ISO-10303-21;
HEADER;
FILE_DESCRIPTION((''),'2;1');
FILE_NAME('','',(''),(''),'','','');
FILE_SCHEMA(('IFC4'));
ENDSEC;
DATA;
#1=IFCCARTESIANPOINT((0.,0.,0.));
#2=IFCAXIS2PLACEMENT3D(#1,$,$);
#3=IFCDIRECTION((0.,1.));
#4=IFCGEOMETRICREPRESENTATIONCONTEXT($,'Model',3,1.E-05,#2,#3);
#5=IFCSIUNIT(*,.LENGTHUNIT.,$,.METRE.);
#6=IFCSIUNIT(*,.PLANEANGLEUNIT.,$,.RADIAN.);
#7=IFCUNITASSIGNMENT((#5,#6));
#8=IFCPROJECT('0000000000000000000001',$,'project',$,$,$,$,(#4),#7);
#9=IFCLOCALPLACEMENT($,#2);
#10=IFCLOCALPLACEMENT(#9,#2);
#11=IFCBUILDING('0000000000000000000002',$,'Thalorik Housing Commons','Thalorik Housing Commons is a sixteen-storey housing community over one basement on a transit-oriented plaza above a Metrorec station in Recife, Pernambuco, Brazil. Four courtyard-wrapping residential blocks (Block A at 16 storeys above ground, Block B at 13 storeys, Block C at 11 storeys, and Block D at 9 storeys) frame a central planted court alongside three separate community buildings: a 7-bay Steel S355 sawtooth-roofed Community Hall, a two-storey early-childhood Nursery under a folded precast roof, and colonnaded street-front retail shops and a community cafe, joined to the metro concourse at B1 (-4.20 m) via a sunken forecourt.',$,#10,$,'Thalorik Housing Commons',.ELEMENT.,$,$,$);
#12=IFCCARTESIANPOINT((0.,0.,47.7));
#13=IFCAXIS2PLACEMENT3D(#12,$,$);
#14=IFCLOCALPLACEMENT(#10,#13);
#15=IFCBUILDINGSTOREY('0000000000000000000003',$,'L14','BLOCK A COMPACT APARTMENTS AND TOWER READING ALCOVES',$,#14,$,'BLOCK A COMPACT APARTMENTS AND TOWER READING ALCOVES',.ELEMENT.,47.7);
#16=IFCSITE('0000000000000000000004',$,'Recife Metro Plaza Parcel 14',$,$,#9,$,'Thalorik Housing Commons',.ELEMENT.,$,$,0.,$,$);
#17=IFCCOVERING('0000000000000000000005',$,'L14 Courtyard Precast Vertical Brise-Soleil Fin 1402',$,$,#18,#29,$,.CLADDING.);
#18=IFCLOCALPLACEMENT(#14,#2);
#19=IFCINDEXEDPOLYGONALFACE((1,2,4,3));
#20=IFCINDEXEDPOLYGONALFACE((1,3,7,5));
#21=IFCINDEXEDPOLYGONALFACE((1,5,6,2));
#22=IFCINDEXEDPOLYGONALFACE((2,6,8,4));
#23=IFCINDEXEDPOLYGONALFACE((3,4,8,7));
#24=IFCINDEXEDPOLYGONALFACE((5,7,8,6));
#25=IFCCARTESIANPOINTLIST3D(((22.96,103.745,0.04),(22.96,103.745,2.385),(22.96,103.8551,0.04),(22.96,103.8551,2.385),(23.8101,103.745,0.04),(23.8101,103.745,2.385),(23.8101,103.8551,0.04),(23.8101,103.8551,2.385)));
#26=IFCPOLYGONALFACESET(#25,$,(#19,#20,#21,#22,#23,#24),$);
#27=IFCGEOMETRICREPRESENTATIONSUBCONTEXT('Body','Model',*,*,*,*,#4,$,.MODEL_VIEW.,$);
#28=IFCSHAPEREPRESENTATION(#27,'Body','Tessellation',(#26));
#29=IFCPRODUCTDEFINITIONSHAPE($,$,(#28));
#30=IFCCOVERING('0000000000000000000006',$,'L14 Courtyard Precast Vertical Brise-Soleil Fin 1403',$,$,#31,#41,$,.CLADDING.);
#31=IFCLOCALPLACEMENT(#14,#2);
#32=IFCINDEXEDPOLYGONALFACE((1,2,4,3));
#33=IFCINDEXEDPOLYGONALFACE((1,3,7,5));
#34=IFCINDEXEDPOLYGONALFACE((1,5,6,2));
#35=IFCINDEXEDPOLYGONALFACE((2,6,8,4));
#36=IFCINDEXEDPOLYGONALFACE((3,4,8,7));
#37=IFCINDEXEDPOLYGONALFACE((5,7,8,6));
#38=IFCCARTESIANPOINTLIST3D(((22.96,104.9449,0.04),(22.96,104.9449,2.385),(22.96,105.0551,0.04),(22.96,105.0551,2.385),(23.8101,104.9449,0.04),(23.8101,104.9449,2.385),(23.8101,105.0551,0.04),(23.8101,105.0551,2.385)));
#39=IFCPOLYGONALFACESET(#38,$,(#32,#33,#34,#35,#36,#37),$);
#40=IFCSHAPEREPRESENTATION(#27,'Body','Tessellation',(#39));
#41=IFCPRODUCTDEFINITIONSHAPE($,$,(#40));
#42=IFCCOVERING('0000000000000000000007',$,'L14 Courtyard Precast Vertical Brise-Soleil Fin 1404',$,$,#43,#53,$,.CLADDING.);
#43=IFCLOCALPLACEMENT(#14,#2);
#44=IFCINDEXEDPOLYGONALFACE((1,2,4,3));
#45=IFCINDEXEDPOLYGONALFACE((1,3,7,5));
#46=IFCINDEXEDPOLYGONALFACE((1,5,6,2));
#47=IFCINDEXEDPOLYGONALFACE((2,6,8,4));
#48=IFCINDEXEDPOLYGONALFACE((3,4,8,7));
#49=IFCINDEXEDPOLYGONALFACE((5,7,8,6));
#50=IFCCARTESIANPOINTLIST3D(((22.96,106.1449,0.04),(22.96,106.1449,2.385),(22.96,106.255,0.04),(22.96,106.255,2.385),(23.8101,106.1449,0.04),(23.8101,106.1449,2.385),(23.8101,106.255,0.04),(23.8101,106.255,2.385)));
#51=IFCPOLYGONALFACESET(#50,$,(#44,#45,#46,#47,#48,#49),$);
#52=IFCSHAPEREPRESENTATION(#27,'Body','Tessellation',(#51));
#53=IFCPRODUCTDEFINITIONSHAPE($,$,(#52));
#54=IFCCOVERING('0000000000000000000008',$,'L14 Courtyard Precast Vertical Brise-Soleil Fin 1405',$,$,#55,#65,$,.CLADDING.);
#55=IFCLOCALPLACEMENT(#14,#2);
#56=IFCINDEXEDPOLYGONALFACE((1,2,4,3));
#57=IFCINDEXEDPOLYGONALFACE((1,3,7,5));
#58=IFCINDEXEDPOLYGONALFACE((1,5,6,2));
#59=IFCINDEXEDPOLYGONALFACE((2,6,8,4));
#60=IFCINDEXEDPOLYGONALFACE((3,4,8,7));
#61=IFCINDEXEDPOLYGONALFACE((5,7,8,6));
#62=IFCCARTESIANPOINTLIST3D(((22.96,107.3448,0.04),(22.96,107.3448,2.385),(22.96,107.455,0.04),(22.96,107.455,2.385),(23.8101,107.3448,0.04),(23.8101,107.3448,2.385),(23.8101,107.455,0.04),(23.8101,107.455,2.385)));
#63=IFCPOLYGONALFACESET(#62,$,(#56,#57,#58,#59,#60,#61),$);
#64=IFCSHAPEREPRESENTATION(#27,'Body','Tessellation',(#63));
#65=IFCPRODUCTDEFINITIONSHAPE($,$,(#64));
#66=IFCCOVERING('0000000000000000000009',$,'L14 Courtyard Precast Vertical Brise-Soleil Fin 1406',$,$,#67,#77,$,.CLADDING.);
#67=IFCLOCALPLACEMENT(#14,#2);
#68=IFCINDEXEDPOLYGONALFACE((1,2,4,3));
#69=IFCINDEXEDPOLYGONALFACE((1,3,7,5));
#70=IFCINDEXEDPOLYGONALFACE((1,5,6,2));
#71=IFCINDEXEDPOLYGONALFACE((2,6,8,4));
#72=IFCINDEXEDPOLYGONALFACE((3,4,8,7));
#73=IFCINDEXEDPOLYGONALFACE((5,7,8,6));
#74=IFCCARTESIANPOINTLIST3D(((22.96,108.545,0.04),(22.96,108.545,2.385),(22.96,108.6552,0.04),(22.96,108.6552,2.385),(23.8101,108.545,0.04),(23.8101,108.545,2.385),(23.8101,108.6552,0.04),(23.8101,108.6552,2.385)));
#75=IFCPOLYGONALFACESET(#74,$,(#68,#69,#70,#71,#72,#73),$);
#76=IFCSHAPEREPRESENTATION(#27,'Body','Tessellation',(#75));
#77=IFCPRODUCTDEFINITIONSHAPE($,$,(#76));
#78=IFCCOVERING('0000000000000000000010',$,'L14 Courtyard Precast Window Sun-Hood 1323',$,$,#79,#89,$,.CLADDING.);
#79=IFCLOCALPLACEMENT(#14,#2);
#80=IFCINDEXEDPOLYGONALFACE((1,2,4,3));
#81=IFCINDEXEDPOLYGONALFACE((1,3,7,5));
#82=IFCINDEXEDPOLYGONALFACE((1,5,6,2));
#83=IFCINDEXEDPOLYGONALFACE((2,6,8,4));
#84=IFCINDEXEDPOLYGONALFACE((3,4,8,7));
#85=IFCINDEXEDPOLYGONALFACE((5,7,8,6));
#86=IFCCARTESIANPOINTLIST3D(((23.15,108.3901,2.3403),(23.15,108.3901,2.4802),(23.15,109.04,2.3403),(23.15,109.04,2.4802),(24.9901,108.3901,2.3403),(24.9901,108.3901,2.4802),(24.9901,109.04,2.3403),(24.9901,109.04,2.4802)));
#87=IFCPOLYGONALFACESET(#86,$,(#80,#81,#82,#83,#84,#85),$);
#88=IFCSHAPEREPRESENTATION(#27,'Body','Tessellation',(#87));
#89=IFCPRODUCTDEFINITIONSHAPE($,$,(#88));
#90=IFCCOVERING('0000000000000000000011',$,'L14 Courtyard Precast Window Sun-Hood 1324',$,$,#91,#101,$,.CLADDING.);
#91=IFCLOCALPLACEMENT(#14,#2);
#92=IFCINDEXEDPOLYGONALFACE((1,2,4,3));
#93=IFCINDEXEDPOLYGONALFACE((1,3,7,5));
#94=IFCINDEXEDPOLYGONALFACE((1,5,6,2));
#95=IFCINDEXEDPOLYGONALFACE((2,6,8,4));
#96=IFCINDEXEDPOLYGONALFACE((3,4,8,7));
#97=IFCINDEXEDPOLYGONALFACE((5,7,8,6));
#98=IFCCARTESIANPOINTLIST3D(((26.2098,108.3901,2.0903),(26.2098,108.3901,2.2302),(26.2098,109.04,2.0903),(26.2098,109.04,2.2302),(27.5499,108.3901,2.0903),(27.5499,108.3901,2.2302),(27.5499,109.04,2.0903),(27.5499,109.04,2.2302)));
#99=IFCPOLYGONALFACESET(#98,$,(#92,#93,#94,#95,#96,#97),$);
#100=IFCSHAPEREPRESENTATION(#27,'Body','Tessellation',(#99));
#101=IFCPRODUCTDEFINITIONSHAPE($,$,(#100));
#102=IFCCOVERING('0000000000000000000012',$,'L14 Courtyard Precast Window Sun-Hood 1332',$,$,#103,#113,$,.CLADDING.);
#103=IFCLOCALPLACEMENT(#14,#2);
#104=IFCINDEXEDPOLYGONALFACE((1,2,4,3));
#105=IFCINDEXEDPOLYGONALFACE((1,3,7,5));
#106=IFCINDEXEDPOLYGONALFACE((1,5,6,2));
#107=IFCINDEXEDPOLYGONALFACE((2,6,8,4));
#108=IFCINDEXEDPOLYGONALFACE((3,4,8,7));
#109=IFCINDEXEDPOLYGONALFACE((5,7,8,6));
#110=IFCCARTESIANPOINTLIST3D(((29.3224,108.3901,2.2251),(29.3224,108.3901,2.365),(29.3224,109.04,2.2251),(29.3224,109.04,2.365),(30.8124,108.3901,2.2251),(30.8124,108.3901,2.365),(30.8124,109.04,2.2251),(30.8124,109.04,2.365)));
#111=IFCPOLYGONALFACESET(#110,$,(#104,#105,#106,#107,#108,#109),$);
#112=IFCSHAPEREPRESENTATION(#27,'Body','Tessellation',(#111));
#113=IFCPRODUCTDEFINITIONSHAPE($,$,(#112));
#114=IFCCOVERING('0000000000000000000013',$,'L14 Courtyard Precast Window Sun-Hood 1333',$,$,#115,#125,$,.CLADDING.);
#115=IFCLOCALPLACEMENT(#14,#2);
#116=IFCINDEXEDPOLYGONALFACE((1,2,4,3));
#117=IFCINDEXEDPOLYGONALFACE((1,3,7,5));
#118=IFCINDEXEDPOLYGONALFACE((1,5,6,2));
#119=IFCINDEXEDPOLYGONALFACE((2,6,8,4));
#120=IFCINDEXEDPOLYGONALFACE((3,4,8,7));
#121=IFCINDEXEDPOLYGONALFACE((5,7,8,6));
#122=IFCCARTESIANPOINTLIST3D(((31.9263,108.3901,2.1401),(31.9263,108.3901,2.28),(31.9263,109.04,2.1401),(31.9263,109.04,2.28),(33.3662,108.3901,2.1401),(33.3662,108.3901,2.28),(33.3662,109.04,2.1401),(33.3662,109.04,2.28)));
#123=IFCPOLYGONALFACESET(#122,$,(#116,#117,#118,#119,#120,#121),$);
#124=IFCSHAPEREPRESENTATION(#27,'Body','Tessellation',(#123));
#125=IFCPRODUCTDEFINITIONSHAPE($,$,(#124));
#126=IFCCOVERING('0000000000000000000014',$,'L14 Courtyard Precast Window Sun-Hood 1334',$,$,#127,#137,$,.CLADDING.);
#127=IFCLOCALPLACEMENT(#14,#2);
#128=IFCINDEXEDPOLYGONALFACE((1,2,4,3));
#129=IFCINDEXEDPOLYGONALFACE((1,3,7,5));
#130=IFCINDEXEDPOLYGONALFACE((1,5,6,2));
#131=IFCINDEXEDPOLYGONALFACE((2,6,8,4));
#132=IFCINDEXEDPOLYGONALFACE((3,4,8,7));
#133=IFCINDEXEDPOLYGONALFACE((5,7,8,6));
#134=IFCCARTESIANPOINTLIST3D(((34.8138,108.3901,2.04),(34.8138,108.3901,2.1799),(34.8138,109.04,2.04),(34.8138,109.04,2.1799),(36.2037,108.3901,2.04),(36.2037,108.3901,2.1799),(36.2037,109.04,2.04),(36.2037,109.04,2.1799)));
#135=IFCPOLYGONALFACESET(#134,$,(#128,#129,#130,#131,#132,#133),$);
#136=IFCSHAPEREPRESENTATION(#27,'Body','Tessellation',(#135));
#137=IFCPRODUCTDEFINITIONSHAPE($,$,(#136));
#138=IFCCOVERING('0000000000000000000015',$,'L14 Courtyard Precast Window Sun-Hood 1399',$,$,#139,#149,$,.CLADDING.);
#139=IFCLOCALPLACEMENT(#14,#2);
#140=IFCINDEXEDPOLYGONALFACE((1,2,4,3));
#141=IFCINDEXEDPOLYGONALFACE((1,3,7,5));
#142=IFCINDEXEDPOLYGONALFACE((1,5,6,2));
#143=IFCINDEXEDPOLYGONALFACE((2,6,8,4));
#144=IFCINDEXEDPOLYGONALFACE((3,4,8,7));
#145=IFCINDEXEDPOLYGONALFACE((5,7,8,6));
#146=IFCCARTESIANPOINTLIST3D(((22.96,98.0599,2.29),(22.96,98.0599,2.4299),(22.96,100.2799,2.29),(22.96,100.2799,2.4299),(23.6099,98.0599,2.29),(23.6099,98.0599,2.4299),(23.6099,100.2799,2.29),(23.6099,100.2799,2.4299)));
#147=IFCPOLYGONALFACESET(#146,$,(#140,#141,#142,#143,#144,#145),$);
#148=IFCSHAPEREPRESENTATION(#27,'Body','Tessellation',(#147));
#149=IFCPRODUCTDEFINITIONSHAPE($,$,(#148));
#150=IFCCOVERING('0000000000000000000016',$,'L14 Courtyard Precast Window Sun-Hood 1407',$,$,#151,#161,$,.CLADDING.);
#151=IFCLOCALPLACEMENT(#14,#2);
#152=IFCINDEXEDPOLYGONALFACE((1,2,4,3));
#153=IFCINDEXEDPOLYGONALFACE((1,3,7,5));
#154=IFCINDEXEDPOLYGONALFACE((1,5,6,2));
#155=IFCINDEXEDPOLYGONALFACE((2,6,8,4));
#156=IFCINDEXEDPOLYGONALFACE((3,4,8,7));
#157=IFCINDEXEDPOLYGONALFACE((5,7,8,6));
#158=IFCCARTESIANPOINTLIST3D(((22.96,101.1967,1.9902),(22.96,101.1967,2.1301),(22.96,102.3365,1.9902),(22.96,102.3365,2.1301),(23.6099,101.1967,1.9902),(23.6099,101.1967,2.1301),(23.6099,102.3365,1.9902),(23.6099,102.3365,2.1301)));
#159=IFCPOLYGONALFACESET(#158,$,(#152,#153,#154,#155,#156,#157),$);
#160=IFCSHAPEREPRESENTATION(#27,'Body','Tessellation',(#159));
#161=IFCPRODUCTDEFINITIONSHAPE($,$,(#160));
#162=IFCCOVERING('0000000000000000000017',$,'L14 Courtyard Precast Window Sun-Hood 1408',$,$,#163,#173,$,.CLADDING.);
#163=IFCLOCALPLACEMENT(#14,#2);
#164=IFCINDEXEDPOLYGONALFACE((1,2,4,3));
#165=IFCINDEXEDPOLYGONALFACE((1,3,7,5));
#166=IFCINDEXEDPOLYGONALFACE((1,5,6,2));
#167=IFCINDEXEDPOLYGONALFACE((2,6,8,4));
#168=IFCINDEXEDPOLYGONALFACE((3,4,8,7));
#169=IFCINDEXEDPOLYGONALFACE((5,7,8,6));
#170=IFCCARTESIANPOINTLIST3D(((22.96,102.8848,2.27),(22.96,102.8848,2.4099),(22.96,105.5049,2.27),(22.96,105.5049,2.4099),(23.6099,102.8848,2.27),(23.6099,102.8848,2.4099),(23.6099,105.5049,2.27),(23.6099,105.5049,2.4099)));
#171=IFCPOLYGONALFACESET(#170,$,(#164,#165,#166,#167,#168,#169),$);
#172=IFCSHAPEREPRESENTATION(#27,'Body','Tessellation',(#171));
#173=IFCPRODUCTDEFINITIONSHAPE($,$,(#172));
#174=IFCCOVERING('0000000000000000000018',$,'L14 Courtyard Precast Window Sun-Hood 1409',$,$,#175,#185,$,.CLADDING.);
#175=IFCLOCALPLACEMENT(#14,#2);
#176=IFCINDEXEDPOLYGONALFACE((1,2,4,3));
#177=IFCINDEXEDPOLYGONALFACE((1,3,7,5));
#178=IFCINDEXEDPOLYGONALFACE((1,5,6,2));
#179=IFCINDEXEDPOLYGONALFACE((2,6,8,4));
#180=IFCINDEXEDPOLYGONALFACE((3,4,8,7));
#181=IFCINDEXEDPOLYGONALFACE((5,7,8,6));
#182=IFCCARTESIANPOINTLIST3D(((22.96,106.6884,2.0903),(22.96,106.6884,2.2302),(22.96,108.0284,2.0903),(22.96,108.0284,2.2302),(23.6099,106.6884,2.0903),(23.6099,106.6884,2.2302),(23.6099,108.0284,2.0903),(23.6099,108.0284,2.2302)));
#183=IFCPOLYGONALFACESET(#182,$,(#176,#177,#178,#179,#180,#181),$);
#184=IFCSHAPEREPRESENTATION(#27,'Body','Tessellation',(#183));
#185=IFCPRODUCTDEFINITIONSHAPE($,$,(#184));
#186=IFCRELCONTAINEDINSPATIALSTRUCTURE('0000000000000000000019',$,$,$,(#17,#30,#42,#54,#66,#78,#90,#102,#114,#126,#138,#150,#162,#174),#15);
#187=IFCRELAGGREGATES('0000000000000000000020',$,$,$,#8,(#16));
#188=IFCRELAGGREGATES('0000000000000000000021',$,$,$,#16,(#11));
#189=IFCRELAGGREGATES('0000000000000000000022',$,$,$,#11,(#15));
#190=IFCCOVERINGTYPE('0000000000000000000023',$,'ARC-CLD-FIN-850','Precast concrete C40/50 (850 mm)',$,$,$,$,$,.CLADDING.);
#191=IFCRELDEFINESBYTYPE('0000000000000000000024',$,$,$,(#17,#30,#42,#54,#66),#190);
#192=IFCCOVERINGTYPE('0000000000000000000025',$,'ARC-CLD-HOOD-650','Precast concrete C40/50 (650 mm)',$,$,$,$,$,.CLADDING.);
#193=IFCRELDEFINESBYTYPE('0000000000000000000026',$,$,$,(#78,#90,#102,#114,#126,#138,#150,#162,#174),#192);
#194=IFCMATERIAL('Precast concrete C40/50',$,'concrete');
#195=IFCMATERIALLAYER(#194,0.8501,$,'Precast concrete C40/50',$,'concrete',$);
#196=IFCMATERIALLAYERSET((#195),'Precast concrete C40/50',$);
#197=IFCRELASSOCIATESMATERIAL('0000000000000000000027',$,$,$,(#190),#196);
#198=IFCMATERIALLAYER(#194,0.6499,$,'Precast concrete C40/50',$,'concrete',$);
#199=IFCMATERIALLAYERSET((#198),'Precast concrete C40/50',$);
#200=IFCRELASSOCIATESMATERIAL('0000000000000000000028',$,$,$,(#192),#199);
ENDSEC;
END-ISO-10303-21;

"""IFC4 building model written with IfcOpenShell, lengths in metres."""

from ifc_helpers import new_model, si_unit, direction, frame, origin, origin_2d, place, context, subcontext, project, spatial, rectangle, extrude, material, layer, layer_set, type_object, element, save


model = new_model("IFC4")

# Units and contexts
model_context = context("Model", 3, precision=1e-05, world=origin(), true_north=direction((0.0, 1.0)))
body_context = subcontext(model_context, "Body", "Model", "MODEL_VIEW")
ifc_project = project(units=[si_unit("LENGTHUNIT", "METRE"), si_unit("PLANEANGLEUNIT", "RADIAN")], contexts=[model_context])

# Site, building, storey
site_placement = place(None, origin())
site = spatial("IfcSite", under=ifc_project, at=site_placement, Name="Recife Metro Plaza Parcel 14", LongName="Thalorik Housing Commons", CompositionType="ELEMENT", RefElevation=0.0)
building_placement = place(site_placement, origin())
building = spatial("IfcBuilding", under=site, at=building_placement, Name="Thalorik Housing Commons", Description="Thalorik Housing Commons is a sixteen-storey housing community over one basement on a transit-oriented plaza above a Metrorec station in Recife, Pernambuco, Brazil. Four courtyard-wrapping residential blocks (Block A at 16 storeys above ground, Block B at 13 storeys, Block C at 11 storeys, and Block D at 9 storeys) frame a central planted court alongside three separate community buildings: a 7-bay Steel S355 sawtooth-roofed Community Hall, a two-storey early-childhood Nursery under a folded precast roof, and colonnaded street-front retail shops and a community cafe, joined to the metro concourse at B1 (-4.20 m) via a sunken forecourt.", LongName="Thalorik Housing Commons", CompositionType="ELEMENT")
storey_placement = place(building_placement, frame((0.0, 0.0, 47.7)))
storey = spatial("IfcBuildingStorey", under=building, at=storey_placement, Name="L14", Description="BLOCK A COMPACT APARTMENTS AND TOWER READING ALCOVES", LongName="BLOCK A COMPACT APARTMENTS AND TOWER READING ALCOVES", CompositionType="ELEMENT", Elevation=47.7)

# Coverings
ifc_material = material(Name="Precast concrete C40/50", Category="concrete")
ifc_layer_1 = layer(ifc_material, 0.8501, Name="Precast concrete C40/50", Category="concrete")
ifc_layer_set_1 = layer_set([ifc_layer_1], Name="Precast concrete C40/50")
covering_type_1 = type_object("IfcCoveringType", Name="ARC-CLD-FIN-850", Description="Precast concrete C40/50 (850 mm)", PredefinedType="CLADDING", material=ifc_layer_set_1)
for number, where, z_axis, x_axis, name in (
    (1, (23.385, 103.8, 0.04), (0.0, 0.0, 1.0), (0.0, 1.0, 0.0), "L14 Courtyard Precast Vertical Brise-Soleil Fin 1402"),
    (2, (23.385, 105.0, 0.04), (0.0, 0.0, 1.0), (0.0, 1.0, 0.0), "L14 Courtyard Precast Vertical Brise-Soleil Fin 1403"),
    (3, (23.385, 106.2, 0.04), (0.0, 0.0, 1.0), (0.0, 1.0, 0.0), "L14 Courtyard Precast Vertical Brise-Soleil Fin 1404"),
    (4, (23.385, 107.3999, 0.04), (0.0, 0.0, 1.0), (0.0, 1.0, 0.0), "L14 Courtyard Precast Vertical Brise-Soleil Fin 1405"),
    (5, (23.385, 108.6001, 0.04), (0.0, 0.0, 1.0), (0.0, 1.0, 0.0), "L14 Courtyard Precast Vertical Brise-Soleil Fin 1406"),
):
    element("IfcCovering", number, at=place(storey_placement, frame(where, z_axis=z_axis, x_axis=x_axis)), inside=storey, type_object=covering_type_1, Name=name, PredefinedType="CLADDING", context=body_context, shape_type="SweptSolid", body=[
        extrude(rectangle(XDim=0.1101, YDim=0.8501, at=origin_2d()), origin(), (0.0, 0.0, 1.0), 2.345),
    ])
ifc_layer_2 = layer(ifc_material, 0.6499, Name="Precast concrete C40/50", Category="concrete")
ifc_layer_set_2 = layer_set([ifc_layer_2], Name="Precast concrete C40/50")
covering_type_2 = type_object("IfcCoveringType", Name="ARC-CLD-HOOD-650", Description="Precast concrete C40/50 (650 mm)", PredefinedType="CLADDING", material=ifc_layer_set_2)
covering_1_placement = place(storey_placement, frame((24.0701, 108.7151, 2.3403), z_axis=(0.0, 0.0, 1.0), x_axis=(1.0, 0.0, 0.0)))
element("IfcCovering", 6, at=covering_1_placement, inside=storey, type_object=covering_type_2, Name="L14 Courtyard Precast Window Sun-Hood 1323", PredefinedType="CLADDING", context=body_context, shape_type="SweptSolid", body=[
    extrude(rectangle(XDim=1.8401, YDim=0.6499, at=origin_2d()), origin(), (0.0, 0.0, 1.0), 0.1399),
])
covering_2_placement = place(storey_placement, frame((26.8799, 108.7151, 2.0903), z_axis=(0.0, 0.0, 1.0), x_axis=(1.0, 0.0, 0.0)))
element("IfcCovering", 7, at=covering_2_placement, inside=storey, type_object=covering_type_2, Name="L14 Courtyard Precast Window Sun-Hood 1324", PredefinedType="CLADDING", context=body_context, shape_type="SweptSolid", body=[
    extrude(rectangle(XDim=1.3401, YDim=0.6499, at=origin_2d()), origin(), (0.0, 0.0, 1.0), 0.1399),
])
covering_3_placement = place(storey_placement, frame((30.0674, 108.7151, 2.2251), z_axis=(0.0, 0.0, 1.0), x_axis=(1.0, 0.0, 0.0)))
element("IfcCovering", 8, at=covering_3_placement, inside=storey, type_object=covering_type_2, Name="L14 Courtyard Precast Window Sun-Hood 1332", PredefinedType="CLADDING", context=body_context, shape_type="SweptSolid", body=[
    extrude(rectangle(XDim=1.49, YDim=0.6499, at=origin_2d()), origin(), (0.0, 0.0, 1.0), 0.1399),
])
covering_4_placement = place(storey_placement, frame((32.6462, 108.7151, 2.1401), z_axis=(0.0, 0.0, 1.0), x_axis=(1.0, 0.0, 0.0)))
element("IfcCovering", 9, at=covering_4_placement, inside=storey, type_object=covering_type_2, Name="L14 Courtyard Precast Window Sun-Hood 1333", PredefinedType="CLADDING", context=body_context, shape_type="SweptSolid", body=[
    extrude(rectangle(XDim=1.4399, YDim=0.6499, at=origin_2d()), origin(), (0.0, 0.0, 1.0), 0.1399),
])
covering_5_placement = place(storey_placement, frame((35.5088, 108.7151, 2.04), z_axis=(0.0, 0.0, 1.0), x_axis=(1.0, 0.0, 0.0)))
element("IfcCovering", 10, at=covering_5_placement, inside=storey, type_object=covering_type_2, Name="L14 Courtyard Precast Window Sun-Hood 1334", PredefinedType="CLADDING", context=body_context, shape_type="SweptSolid", body=[
    extrude(rectangle(XDim=1.3899, YDim=0.6499, at=origin_2d()), origin(), (0.0, 0.0, 1.0), 0.1399),
])
covering_6_placement = place(storey_placement, frame((23.2849, 99.1699, 2.29), z_axis=(0.0, 0.0, 1.0), x_axis=(0.0, 1.0, 0.0)))
element("IfcCovering", 11, at=covering_6_placement, inside=storey, type_object=covering_type_2, Name="L14 Courtyard Precast Window Sun-Hood 1399", PredefinedType="CLADDING", context=body_context, shape_type="SweptSolid", body=[
    extrude(rectangle(XDim=2.22, YDim=0.6499, at=origin_2d()), origin(), (0.0, 0.0, 1.0), 0.1399),
])
covering_7_placement = place(storey_placement, frame((23.2849, 101.7666, 1.9902), z_axis=(0.0, 0.0, 1.0), x_axis=(0.0, 1.0, 0.0)))
element("IfcCovering", 12, at=covering_7_placement, inside=storey, type_object=covering_type_2, Name="L14 Courtyard Precast Window Sun-Hood 1407", PredefinedType="CLADDING", context=body_context, shape_type="SweptSolid", body=[
    extrude(rectangle(XDim=1.1399, YDim=0.6499, at=origin_2d()), origin(), (0.0, 0.0, 1.0), 0.1399),
])
covering_8_placement = place(storey_placement, frame((23.2849, 104.1948, 2.27), z_axis=(0.0, 0.0, 1.0), x_axis=(0.0, 1.0, 0.0)))
element("IfcCovering", 13, at=covering_8_placement, inside=storey, type_object=covering_type_2, Name="L14 Courtyard Precast Window Sun-Hood 1408", PredefinedType="CLADDING", context=body_context, shape_type="SweptSolid", body=[
    extrude(rectangle(XDim=2.6201, YDim=0.6499, at=origin_2d()), origin(), (0.0, 0.0, 1.0), 0.1399),
])
covering_9_placement = place(storey_placement, frame((23.2849, 107.3584, 2.0903), z_axis=(0.0, 0.0, 1.0), x_axis=(0.0, 1.0, 0.0)))
element("IfcCovering", 14, at=covering_9_placement, inside=storey, type_object=covering_type_2, Name="L14 Courtyard Precast Window Sun-Hood 1409", PredefinedType="CLADDING", context=body_context, shape_type="SweptSolid", body=[
    extrude(rectangle(XDim=1.3401, YDim=0.6499, at=origin_2d()), origin(), (0.0, 0.0, 1.0), 0.1399),
])

save(model, "model.ifc")
